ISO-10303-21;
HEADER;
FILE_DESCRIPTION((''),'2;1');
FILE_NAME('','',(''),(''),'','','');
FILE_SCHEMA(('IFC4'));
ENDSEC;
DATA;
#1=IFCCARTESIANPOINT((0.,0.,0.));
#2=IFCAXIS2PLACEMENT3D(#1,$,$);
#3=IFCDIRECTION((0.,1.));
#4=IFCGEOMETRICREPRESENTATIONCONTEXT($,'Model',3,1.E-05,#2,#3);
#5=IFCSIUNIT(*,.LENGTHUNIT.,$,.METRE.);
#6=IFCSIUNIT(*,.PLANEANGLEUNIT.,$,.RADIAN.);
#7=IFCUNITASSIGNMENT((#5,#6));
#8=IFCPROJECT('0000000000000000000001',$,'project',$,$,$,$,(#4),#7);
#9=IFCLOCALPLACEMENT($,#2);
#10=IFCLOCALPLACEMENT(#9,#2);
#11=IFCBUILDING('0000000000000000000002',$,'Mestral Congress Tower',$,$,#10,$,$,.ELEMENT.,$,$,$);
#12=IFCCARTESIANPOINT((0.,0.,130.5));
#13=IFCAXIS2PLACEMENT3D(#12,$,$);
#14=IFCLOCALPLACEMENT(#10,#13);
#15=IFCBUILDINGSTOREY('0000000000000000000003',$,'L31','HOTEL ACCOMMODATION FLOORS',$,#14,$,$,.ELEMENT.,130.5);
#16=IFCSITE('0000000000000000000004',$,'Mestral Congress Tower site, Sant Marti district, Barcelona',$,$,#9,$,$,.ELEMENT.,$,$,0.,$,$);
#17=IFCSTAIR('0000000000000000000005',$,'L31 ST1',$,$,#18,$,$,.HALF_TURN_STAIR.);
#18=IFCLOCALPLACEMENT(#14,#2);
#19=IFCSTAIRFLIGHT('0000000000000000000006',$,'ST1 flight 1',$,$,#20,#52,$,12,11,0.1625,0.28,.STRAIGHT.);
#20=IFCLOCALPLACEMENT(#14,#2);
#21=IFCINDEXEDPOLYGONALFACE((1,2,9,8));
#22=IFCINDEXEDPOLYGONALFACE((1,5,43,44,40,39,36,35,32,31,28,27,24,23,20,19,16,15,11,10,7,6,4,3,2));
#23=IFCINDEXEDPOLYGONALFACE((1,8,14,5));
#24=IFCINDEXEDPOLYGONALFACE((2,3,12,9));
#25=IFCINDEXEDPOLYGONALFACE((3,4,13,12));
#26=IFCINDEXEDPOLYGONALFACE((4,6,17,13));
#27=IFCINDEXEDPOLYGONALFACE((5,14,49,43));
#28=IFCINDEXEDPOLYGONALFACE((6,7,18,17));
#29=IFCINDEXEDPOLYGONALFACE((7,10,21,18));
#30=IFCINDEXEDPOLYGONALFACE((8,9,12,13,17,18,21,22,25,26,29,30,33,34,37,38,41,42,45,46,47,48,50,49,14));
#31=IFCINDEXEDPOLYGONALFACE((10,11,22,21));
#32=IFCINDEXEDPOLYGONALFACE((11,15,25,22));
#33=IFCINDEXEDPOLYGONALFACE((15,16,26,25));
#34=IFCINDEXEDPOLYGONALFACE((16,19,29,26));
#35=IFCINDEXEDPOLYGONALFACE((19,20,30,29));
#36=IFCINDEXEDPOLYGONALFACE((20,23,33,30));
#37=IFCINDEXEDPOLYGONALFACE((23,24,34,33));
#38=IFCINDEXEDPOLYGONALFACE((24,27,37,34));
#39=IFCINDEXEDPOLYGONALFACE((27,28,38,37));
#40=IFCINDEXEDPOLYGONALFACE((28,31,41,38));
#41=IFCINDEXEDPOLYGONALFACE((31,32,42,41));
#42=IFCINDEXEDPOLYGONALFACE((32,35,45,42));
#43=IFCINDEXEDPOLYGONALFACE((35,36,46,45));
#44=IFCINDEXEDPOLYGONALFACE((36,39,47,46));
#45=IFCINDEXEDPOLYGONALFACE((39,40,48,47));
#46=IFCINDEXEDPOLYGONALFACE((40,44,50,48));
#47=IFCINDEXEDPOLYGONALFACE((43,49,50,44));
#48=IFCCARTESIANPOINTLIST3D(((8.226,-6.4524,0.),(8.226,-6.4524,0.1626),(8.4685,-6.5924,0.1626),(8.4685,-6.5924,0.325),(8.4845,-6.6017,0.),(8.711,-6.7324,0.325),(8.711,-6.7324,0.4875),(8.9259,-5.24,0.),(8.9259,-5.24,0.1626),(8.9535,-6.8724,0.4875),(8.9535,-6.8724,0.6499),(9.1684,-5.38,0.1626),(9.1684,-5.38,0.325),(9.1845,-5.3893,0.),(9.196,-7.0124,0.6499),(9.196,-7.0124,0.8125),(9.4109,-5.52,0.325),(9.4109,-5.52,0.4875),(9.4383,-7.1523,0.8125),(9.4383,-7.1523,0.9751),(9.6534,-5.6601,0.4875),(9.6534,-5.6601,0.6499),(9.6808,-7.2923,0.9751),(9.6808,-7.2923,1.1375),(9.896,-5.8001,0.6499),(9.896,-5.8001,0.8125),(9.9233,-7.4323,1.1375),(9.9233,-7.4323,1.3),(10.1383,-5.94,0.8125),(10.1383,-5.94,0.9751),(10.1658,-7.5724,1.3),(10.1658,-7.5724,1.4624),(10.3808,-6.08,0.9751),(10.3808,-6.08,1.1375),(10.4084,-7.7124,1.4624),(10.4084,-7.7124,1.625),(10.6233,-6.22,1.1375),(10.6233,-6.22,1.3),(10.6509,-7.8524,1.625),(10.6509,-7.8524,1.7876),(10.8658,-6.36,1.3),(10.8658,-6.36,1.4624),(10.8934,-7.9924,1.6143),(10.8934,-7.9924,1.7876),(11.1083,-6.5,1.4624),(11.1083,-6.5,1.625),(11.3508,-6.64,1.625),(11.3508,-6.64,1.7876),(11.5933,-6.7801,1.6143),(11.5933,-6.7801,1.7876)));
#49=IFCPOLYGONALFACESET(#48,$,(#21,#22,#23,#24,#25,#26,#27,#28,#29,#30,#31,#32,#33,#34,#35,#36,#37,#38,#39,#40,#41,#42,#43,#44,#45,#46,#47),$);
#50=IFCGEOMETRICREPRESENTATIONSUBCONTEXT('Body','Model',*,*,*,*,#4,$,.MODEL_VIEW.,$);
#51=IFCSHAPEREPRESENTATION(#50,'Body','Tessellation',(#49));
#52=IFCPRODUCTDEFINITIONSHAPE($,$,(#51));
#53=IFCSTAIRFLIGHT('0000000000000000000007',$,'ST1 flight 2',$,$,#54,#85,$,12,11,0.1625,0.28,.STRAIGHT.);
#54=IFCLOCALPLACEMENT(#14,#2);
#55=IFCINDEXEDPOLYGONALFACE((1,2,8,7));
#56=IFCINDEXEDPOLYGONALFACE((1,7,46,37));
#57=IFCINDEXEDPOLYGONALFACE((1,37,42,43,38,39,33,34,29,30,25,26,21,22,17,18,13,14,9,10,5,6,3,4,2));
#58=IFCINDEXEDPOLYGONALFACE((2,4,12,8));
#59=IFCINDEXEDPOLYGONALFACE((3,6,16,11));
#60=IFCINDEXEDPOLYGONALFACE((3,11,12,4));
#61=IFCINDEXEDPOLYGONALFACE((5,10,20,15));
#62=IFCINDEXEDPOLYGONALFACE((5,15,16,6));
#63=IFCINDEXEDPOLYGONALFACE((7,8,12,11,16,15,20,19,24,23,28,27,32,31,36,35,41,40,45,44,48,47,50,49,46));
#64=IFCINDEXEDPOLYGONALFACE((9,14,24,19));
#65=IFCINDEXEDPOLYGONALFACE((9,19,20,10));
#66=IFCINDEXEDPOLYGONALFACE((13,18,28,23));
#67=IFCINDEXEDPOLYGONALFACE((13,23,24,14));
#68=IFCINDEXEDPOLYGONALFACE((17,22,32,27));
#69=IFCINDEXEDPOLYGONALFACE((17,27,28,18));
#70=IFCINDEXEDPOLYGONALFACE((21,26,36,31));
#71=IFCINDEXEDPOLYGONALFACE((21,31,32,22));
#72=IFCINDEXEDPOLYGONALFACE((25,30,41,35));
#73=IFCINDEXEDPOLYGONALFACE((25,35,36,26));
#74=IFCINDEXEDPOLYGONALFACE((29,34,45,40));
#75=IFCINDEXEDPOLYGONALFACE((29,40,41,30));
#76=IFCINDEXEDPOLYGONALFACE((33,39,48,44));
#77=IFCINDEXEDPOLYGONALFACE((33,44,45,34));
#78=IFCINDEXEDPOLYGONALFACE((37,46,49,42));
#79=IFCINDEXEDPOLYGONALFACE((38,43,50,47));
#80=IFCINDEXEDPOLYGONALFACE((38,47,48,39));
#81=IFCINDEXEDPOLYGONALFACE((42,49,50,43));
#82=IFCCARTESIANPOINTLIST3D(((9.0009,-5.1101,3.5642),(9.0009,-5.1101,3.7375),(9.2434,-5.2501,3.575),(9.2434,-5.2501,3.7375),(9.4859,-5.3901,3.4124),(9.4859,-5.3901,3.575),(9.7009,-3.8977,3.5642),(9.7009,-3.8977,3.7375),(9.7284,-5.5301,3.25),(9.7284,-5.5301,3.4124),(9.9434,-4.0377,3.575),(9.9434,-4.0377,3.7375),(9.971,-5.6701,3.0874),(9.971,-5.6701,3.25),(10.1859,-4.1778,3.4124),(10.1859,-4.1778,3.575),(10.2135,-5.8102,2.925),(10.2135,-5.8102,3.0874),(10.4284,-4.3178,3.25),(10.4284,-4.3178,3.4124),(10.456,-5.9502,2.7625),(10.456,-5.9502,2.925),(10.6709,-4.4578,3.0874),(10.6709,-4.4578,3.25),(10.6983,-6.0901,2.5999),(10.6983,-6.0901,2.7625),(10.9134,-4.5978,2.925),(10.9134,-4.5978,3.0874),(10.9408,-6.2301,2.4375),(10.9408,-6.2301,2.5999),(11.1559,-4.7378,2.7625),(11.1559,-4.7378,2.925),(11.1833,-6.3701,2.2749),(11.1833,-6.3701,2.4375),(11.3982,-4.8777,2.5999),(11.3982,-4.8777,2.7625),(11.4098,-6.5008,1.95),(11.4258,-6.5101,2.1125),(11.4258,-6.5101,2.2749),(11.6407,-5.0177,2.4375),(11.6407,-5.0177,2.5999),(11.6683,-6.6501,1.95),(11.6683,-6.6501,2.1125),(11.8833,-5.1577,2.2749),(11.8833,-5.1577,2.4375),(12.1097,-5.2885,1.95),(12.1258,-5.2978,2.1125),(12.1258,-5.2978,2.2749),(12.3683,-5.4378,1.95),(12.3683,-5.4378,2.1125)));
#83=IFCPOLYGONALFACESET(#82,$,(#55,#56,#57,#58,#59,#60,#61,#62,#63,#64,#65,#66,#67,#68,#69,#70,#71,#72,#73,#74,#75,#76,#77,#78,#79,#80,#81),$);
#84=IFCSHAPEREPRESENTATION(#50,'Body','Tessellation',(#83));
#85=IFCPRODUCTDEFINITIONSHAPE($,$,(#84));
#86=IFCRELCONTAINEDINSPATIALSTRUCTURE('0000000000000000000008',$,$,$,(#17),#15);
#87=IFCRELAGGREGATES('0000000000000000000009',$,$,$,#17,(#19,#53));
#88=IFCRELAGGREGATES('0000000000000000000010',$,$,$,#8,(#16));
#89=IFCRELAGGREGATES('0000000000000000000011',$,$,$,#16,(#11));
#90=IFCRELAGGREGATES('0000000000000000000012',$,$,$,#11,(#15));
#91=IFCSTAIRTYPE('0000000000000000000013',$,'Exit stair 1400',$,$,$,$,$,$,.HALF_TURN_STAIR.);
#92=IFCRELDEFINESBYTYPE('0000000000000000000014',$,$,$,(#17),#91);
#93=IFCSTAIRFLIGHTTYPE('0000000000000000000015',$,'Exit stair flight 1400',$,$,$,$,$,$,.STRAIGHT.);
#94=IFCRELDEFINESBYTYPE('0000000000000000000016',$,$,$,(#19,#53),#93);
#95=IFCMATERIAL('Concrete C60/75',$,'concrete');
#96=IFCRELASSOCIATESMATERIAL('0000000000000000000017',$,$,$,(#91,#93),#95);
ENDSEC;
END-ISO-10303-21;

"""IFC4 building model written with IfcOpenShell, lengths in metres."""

from ifc_helpers import new_model, si_unit, direction, frame, origin, place, context, subcontext, project, spatial, polyline, outline, extrude, material, type_object, element, aggregate, save


model = new_model("IFC4")

# Units and contexts
model_context = context("Model", 3, precision=1e-05, world=origin(), true_north=direction((0.0, 1.0)))
body_context = subcontext(model_context, "Body", "Model", "MODEL_VIEW")
ifc_project = project(units=[si_unit("LENGTHUNIT", "METRE"), si_unit("PLANEANGLEUNIT", "RADIAN")], contexts=[model_context])

# Site, building, storey
site_placement = place(None, origin())
site = spatial("IfcSite", under=ifc_project, at=site_placement, Name="Mestral Congress Tower site, Sant Marti district, Barcelona", CompositionType="ELEMENT", RefElevation=0.0)
building_placement = place(site_placement, origin())
building = spatial("IfcBuilding", under=site, at=building_placement, Name="Mestral Congress Tower", CompositionType="ELEMENT")
storey_placement = place(building_placement, frame((0.0, 0.0, 130.5)))
storey = spatial("IfcBuildingStorey", under=building, at=storey_placement, Name="L31", Description="HOTEL ACCOMMODATION FLOORS", CompositionType="ELEMENT", Elevation=130.5)

# Shared definitions
ifc_material_1 = material(Name="Concrete C60/75", Category="concrete")

# Stair, stair flights
stair_type = type_object("IfcStairType", Name="Exit stair 1400", PredefinedType="HALF_TURN_STAIR", material=ifc_material_1)
stair_placement = place(storey_placement, origin())
stair = element("IfcStair", 1, at=stair_placement, inside=storey, type_object=stair_type, Name="L31 ST1", PredefinedType="HALF_TURN_STAIR")
stair_flight_type = type_object("IfcStairFlightType", Name="Exit stair flight 1400", PredefinedType="STRAIGHT", material=ifc_material_1)
stair_flight_1_placement = place(storey_placement, frame((8.5759, -5.8462, 0.0), z_axis=(0.0, 0.0, 1.0), x_axis=(0.866025, -0.5, 0.0)))
stair_flight_1 = element("IfcStairFlight", 2, at=stair_flight_1_placement, type_object=stair_flight_type, Name="ST1 flight 1", NumberOfRisers=12, NumberOfTreads=11, PredefinedType="STRAIGHT", RiserHeight=0.1625, TreadLength=0.28, context=body_context, shape_type="SweptSolid", body=[
    extrude(outline(polyline([(0.0, 0.0), (0.0, 0.1626), (0.28, 0.1626), (0.28, 0.325), (0.5601, 0.325), (0.5601, 0.4875), (0.8401, 0.4875), (0.8401, 0.6499), (1.1201, 0.6499), (1.1201, 0.8125), (1.3999, 0.8125), (1.3999, 0.9751), (1.6799, 0.9751), (1.6799, 1.1375), (1.96, 1.1375), (1.96, 1.3), (2.24, 1.3), (2.24, 1.4624), (2.52, 1.4624), (2.52, 1.625), (2.8, 1.625), (2.8, 1.7876), (3.0801, 1.7876), (3.0801, 1.95), (3.0801, 1.6143), (0.2986, 0.0), (0.0, 0.0)])), frame((0.0, 0.7, 0.0), z_axis=(0.0, -1.0, 0.0), x_axis=(1.0, 0.0, 0.0)), (0.0, 0.0, 1.0), 1.3999),
])
stair_flight_2_placement = place(storey_placement, frame((12.0183, -6.0439, 1.95), z_axis=(0.0, 0.0, 1.0), x_axis=(-0.866025, 0.5, 0.0)))
stair_flight_2 = element("IfcStairFlight", 3, at=stair_flight_2_placement, type_object=stair_flight_type, Name="ST1 flight 2", NumberOfRisers=12, NumberOfTreads=11, PredefinedType="STRAIGHT", RiserHeight=0.1625, TreadLength=0.28, context=body_context, shape_type="SweptSolid", body=[
    extrude(outline(polyline([(0.0, 0.0), (0.0, 0.1626), (0.28, 0.1626), (0.28, 0.325), (0.5601, 0.325), (0.5601, 0.4875), (0.8401, 0.4875), (0.8401, 0.6499), (1.1201, 0.6499), (1.1201, 0.8125), (1.3999, 0.8125), (1.3999, 0.9751), (1.6799, 0.9751), (1.6799, 1.1375), (1.96, 1.1375), (1.96, 1.3), (2.24, 1.3), (2.24, 1.4624), (2.52, 1.4624), (2.52, 1.625), (2.8, 1.625), (2.8, 1.7876), (3.0801, 1.7876), (3.0801, 1.95), (3.0801, 1.6143), (0.2986, 0.0), (0.0, 0.0)])), frame((0.0, 0.7, 0.0), z_axis=(0.0, -1.0, 0.0), x_axis=(1.0, 0.0, 0.0)), (0.0, 0.0, 1.0), 1.3999),
])
aggregate(stair, [stair_flight_1, stair_flight_2])

save(model, "model.ifc")
